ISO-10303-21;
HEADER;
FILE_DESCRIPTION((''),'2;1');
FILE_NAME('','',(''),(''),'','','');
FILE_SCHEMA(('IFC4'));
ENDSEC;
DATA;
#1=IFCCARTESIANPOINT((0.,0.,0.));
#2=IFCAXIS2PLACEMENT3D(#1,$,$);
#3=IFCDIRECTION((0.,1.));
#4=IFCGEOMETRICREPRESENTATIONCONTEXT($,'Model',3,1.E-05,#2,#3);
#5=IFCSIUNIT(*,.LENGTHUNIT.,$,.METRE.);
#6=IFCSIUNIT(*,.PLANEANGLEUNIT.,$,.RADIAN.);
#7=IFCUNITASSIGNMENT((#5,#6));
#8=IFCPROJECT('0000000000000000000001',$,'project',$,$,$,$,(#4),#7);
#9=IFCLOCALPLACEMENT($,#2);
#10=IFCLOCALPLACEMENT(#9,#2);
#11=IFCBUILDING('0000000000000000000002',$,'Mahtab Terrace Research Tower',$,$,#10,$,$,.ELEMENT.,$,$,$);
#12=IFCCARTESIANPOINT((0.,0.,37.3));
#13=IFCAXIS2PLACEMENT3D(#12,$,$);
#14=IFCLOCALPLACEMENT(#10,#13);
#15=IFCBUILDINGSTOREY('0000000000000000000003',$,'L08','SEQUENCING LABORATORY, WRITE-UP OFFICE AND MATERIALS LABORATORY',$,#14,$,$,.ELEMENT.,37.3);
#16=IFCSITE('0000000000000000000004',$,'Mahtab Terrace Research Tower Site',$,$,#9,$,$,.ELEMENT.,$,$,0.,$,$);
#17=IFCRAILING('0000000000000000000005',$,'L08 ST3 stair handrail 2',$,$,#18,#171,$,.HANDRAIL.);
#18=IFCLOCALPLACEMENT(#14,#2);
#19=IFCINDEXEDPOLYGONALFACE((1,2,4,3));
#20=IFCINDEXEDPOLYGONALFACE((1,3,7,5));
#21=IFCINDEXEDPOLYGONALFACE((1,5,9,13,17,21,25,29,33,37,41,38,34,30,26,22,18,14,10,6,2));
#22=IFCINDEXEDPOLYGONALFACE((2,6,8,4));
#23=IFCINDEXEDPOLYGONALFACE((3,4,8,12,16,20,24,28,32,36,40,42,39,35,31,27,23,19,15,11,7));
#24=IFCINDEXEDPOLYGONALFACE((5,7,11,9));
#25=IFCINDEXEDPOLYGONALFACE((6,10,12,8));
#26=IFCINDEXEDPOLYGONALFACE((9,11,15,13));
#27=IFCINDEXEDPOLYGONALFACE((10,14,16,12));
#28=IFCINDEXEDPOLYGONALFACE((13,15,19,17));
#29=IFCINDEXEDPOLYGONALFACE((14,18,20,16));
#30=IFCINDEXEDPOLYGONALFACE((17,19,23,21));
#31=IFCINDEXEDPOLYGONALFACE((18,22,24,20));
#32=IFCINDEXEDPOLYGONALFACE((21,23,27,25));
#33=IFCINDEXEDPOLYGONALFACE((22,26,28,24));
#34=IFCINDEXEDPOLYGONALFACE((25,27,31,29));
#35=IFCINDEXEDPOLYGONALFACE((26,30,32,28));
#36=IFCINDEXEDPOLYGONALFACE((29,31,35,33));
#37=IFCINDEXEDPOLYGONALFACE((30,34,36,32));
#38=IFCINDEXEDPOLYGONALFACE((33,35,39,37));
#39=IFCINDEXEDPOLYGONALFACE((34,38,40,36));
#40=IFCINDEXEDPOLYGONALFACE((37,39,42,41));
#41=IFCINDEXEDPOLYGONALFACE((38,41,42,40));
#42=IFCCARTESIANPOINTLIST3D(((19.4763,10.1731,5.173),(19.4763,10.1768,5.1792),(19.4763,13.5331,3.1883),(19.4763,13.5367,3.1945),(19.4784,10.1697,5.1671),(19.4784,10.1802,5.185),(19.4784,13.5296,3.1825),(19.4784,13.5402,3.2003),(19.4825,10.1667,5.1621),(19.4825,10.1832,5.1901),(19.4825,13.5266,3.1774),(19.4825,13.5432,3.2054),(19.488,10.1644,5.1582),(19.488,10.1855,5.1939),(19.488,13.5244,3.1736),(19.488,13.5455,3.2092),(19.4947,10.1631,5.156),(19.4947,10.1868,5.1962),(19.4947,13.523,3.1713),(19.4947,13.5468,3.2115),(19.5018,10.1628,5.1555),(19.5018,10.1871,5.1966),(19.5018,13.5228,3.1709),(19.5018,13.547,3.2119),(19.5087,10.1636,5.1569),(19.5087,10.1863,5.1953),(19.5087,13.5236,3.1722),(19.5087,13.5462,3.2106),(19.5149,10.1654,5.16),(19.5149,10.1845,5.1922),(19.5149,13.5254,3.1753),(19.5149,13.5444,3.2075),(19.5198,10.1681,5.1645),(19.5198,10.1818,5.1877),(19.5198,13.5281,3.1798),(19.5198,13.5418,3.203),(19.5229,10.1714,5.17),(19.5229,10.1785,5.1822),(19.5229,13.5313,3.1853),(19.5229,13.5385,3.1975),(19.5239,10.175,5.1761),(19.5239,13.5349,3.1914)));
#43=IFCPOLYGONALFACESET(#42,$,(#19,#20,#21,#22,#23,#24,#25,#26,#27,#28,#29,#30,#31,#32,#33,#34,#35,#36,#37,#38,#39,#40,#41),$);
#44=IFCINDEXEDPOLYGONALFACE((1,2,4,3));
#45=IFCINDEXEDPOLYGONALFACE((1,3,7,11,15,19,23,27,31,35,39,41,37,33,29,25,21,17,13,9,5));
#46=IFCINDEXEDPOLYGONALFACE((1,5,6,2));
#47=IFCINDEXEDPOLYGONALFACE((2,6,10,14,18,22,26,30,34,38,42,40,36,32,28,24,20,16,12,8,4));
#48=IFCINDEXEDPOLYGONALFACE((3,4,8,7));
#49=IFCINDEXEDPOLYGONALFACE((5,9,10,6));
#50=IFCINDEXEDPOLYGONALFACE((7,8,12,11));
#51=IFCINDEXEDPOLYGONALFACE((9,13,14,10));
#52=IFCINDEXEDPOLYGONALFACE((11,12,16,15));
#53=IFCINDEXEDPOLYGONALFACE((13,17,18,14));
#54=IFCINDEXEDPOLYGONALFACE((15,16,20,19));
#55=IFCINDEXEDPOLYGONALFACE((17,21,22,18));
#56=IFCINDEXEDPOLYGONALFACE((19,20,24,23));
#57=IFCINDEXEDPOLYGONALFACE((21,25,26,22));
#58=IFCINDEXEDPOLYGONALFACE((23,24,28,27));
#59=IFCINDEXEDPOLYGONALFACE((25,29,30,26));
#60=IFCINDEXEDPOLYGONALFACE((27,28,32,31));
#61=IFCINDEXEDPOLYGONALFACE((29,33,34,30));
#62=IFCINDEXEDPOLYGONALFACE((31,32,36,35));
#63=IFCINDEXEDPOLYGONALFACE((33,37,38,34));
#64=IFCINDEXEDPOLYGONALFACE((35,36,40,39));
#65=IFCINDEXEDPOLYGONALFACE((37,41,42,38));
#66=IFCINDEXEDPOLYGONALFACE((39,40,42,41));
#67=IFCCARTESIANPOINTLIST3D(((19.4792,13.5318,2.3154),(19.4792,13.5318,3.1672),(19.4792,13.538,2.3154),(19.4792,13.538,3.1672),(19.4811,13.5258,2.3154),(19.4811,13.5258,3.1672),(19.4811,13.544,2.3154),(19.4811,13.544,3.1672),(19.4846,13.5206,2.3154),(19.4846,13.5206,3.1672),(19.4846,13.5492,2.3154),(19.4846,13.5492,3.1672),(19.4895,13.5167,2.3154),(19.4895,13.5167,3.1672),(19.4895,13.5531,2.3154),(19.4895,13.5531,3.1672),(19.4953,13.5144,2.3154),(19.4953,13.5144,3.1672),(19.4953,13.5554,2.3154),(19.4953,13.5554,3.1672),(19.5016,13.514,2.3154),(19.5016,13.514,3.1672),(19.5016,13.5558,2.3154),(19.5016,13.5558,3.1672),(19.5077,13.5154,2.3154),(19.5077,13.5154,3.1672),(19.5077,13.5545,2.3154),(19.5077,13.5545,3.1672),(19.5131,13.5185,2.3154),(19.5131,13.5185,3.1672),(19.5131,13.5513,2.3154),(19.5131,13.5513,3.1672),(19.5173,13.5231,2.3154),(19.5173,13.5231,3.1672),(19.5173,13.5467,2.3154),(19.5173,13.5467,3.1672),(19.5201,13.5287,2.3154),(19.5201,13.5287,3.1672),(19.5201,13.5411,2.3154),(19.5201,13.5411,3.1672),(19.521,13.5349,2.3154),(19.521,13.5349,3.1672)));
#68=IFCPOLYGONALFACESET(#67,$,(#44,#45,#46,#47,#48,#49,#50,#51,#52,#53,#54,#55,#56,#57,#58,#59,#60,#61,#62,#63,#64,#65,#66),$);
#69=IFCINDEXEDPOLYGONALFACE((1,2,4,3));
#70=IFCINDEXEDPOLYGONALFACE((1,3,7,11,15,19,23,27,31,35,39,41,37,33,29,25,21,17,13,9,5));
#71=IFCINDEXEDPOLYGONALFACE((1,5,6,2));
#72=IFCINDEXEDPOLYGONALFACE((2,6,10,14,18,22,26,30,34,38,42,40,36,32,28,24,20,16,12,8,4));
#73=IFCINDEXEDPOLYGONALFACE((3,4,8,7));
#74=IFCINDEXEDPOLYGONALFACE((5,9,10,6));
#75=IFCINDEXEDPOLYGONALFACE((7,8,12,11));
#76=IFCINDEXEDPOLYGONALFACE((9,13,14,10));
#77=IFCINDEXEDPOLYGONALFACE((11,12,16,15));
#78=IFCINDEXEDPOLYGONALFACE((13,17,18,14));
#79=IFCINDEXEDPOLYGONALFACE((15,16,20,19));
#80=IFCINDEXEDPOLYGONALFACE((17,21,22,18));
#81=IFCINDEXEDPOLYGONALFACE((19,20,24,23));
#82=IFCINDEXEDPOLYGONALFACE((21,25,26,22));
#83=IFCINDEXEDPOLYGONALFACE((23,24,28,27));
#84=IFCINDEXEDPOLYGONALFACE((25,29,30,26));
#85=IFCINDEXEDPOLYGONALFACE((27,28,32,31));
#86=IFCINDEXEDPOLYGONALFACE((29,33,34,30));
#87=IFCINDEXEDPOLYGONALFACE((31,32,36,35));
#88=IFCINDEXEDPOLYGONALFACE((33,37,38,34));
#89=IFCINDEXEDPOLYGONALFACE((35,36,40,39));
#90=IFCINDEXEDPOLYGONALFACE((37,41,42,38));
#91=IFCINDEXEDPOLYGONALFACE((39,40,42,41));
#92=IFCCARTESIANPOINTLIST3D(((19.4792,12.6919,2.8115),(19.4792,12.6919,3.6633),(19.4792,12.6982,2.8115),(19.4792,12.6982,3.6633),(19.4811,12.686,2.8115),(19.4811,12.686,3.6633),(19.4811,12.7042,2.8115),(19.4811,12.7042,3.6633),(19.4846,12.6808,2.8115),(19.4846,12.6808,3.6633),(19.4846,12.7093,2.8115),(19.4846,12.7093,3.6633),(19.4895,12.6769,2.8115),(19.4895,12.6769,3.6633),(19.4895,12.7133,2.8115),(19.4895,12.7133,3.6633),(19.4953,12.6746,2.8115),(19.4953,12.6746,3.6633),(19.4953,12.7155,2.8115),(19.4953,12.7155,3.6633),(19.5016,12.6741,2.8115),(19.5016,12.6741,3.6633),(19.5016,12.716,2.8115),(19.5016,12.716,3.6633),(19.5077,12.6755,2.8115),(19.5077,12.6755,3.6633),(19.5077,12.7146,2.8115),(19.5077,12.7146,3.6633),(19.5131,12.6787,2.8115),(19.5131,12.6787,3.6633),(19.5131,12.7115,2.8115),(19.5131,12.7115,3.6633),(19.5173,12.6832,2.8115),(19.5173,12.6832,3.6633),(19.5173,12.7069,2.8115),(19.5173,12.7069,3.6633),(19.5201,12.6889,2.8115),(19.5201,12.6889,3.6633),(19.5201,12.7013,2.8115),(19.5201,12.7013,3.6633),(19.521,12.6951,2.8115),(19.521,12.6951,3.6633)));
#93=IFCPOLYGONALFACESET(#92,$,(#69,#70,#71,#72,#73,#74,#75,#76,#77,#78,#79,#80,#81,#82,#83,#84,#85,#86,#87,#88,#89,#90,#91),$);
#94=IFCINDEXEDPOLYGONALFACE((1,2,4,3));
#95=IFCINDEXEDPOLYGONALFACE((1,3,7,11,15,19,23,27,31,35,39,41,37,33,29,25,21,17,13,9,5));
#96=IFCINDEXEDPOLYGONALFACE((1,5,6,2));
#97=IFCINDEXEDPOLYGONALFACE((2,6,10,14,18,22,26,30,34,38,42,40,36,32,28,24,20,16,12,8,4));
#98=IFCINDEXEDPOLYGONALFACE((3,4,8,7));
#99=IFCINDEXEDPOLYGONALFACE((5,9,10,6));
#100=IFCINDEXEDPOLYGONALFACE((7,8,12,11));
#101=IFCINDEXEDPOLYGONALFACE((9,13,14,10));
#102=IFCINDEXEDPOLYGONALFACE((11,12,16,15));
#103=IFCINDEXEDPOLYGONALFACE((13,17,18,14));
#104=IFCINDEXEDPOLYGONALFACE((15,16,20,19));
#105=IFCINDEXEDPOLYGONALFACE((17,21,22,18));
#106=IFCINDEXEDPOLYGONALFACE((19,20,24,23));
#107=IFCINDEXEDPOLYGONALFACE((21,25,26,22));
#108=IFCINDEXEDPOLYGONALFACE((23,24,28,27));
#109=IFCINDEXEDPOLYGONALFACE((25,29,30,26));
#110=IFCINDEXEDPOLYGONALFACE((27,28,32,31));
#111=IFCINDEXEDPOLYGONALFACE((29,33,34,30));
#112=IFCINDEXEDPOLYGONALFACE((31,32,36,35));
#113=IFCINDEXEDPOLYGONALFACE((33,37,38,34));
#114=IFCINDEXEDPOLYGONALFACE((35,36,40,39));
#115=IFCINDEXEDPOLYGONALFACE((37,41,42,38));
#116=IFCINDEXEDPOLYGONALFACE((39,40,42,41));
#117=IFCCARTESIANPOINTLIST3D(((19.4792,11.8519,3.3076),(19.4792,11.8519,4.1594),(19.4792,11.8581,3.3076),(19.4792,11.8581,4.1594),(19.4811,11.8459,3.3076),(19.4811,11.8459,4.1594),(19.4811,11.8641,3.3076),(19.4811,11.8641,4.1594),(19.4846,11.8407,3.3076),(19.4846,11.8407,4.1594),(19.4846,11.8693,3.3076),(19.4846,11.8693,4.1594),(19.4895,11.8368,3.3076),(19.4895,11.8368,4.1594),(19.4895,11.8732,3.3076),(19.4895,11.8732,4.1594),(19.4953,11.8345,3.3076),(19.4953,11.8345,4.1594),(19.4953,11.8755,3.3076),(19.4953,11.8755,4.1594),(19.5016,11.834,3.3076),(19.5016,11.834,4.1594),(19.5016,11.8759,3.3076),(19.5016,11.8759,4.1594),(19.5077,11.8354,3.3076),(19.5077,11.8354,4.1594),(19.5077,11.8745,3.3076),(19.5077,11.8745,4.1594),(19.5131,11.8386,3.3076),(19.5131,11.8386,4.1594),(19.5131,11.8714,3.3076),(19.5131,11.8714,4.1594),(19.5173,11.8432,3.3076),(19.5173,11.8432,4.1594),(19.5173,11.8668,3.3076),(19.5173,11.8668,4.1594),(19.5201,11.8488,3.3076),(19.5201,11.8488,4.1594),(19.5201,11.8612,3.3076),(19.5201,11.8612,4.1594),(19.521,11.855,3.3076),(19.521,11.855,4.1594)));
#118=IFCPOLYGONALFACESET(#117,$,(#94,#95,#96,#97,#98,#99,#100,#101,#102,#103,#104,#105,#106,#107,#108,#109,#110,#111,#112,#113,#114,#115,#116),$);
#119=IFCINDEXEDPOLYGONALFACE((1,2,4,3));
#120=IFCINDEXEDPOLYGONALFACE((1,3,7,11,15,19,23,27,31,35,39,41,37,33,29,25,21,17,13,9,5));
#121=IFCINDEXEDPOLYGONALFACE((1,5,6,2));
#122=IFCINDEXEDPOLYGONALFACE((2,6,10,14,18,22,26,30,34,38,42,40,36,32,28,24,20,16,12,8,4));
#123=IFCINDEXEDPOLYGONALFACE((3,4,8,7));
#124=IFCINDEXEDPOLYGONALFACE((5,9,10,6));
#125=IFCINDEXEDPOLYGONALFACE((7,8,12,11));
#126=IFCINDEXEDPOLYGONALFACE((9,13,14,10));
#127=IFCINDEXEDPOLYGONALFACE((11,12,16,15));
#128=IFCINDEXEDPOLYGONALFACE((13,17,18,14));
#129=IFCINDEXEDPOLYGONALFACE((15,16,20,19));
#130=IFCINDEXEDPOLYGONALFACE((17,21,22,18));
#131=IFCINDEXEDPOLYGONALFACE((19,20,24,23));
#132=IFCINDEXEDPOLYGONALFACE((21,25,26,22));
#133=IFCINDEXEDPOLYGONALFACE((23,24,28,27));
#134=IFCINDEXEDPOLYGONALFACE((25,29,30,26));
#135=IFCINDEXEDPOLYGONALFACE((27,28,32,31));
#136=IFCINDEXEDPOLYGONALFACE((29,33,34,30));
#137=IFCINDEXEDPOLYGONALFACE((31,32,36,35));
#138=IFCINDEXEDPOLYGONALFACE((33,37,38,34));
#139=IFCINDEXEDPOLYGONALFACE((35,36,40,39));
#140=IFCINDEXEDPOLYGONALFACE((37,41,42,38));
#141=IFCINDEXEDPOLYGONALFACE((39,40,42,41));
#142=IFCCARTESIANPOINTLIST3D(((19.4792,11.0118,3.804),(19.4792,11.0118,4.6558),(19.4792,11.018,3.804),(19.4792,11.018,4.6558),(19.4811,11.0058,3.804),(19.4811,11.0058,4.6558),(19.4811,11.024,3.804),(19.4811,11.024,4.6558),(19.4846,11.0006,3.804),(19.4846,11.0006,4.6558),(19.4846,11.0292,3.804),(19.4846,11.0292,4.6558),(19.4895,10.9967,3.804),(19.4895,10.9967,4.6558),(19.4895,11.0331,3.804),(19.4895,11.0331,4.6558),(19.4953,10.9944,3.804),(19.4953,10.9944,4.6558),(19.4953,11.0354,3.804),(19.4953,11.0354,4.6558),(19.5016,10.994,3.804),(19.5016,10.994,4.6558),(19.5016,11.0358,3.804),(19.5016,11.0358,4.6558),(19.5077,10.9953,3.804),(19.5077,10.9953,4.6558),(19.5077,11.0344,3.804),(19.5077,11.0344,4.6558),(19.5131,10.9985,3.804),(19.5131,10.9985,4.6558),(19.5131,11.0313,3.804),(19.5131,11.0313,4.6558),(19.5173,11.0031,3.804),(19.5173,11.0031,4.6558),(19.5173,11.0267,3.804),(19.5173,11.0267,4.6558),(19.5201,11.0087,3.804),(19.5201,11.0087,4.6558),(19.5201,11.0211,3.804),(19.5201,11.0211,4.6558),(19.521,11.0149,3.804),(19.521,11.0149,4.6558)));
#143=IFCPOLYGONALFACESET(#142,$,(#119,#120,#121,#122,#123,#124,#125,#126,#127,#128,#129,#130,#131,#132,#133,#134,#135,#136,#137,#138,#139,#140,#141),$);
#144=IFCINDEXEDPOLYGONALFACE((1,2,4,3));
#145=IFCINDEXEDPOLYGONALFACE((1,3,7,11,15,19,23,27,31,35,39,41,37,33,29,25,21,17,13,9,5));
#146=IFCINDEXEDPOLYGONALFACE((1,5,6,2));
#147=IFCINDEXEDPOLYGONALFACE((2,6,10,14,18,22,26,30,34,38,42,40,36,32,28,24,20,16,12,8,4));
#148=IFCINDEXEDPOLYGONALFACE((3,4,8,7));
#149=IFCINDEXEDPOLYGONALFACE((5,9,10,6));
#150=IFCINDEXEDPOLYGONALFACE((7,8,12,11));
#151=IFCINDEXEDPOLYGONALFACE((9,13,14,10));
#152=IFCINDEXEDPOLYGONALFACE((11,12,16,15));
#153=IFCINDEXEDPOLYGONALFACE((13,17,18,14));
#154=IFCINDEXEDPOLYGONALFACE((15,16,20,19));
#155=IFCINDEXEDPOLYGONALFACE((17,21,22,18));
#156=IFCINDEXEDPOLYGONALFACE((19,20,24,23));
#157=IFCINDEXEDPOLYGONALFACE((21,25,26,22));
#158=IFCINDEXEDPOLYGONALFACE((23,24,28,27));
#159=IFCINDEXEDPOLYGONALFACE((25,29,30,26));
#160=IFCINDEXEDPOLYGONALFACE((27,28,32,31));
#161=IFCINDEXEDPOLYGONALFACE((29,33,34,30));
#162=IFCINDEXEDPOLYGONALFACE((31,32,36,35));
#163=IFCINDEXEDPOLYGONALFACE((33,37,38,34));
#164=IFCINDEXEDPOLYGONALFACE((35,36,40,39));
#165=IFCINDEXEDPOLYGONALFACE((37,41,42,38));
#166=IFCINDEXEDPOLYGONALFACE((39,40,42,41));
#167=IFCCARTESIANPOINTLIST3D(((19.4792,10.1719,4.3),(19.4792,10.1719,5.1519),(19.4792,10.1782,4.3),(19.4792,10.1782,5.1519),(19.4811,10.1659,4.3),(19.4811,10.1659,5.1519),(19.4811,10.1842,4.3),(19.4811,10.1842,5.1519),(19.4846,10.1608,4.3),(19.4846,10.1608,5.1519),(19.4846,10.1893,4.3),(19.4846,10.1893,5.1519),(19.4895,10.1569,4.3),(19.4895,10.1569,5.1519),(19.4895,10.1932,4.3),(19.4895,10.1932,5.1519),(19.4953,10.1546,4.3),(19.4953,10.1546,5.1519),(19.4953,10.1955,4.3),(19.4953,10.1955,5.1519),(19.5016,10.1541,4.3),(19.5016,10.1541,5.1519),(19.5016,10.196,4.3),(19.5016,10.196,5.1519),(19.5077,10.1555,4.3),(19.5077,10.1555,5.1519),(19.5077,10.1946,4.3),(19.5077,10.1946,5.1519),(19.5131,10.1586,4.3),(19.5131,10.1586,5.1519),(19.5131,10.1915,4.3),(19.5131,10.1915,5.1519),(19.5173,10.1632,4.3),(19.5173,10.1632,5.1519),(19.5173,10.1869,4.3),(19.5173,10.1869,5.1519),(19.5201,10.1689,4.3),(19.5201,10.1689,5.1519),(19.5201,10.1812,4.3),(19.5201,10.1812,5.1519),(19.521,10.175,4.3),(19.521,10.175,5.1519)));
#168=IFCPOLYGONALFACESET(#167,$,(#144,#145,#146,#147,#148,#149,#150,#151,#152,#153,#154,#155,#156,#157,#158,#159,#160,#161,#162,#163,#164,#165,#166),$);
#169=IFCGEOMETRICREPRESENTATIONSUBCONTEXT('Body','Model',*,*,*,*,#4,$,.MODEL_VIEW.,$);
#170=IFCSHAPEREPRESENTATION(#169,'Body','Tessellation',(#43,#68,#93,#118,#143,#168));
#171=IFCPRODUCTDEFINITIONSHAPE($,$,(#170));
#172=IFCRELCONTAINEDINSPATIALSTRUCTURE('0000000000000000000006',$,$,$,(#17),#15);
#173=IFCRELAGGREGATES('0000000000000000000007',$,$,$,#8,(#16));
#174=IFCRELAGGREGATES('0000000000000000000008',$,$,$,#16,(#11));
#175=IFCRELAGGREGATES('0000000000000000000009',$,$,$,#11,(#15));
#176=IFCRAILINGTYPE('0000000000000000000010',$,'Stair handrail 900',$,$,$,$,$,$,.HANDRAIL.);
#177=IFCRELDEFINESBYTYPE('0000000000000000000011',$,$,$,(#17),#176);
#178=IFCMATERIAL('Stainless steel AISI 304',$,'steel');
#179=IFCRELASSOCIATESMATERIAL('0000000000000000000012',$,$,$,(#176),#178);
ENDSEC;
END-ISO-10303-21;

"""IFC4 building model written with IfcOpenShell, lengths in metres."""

from ifc_helpers import new_model, si_unit, direction, frame, origin, origin_2d, place, context, subcontext, project, spatial, circle, extrude, material, type_object, element, save


model = new_model("IFC4")

# Units and contexts
model_context = context("Model", 3, precision=1e-05, world=origin(), true_north=direction((0.0, 1.0)))
body_context = subcontext(model_context, "Body", "Model", "MODEL_VIEW")
ifc_project = project(units=[si_unit("LENGTHUNIT", "METRE"), si_unit("PLANEANGLEUNIT", "RADIAN")], contexts=[model_context])

# Site, building, storey
site_placement = place(None, origin())
site = spatial("IfcSite", under=ifc_project, at=site_placement, Name="Mahtab Terrace Research Tower Site", CompositionType="ELEMENT", RefElevation=0.0)
building_placement = place(site_placement, origin())
building = spatial("IfcBuilding", under=site, at=building_placement, Name="Mahtab Terrace Research Tower", CompositionType="ELEMENT")
storey_placement = place(building_placement, frame((0.0, 0.0, 37.3)))
storey = spatial("IfcBuildingStorey", under=building, at=storey_placement, Name="L08", Description="SEQUENCING LABORATORY, WRITE-UP OFFICE AND MATERIALS LABORATORY", CompositionType="ELEMENT", Elevation=37.3)

# Shared definitions
ifc_material_1 = material(Name="Stainless steel AISI 304", Category="steel")

# Railing
railing_type_1 = type_object("IfcRailingType", Name="Stair handrail 900", PredefinedType="HANDRAIL", material=ifc_material_1)
railing_1_placement = place(storey_placement, frame((19.5, 13.5349, 2.3154)))
element("IfcRailing", 1, at=railing_1_placement, inside=storey, type_object=railing_type_1, Name="L08 ST3 stair handrail 2", PredefinedType="HANDRAIL", context=body_context, shape_type="SweptSolid", body=[
    extrude(circle(Radius=0.0239, at=origin_2d()), frame((0.0, 0.0, 0.876), z_axis=(0.0, -0.861011, 0.508586), x_axis=(1.0, 0.0, 0.0)), (0.0, 0.0, 1.0), 3.9023),
    extrude(circle(Radius=0.021, at=origin_2d()), origin(), (0.0, 0.0, 1.0), 0.8518),
    extrude(circle(Radius=0.021, at=origin_2d()), frame((0.0, -0.8398, 0.4961)), (0.0, 0.0, 1.0), 0.8518),
    extrude(circle(Radius=0.021, at=origin_2d()), frame((0.0, -1.6799, 0.9922)), (0.0, 0.0, 1.0), 0.8518),
    extrude(circle(Radius=0.021, at=origin_2d()), frame((0.0, -2.52, 1.4885)), (0.0, 0.0, 1.0), 0.8518),
    extrude(circle(Radius=0.021, at=origin_2d()), frame((0.0, -3.3599, 1.9846)), (0.0, 0.0, 1.0), 0.8518),
])

save(model, "model.ifc")
